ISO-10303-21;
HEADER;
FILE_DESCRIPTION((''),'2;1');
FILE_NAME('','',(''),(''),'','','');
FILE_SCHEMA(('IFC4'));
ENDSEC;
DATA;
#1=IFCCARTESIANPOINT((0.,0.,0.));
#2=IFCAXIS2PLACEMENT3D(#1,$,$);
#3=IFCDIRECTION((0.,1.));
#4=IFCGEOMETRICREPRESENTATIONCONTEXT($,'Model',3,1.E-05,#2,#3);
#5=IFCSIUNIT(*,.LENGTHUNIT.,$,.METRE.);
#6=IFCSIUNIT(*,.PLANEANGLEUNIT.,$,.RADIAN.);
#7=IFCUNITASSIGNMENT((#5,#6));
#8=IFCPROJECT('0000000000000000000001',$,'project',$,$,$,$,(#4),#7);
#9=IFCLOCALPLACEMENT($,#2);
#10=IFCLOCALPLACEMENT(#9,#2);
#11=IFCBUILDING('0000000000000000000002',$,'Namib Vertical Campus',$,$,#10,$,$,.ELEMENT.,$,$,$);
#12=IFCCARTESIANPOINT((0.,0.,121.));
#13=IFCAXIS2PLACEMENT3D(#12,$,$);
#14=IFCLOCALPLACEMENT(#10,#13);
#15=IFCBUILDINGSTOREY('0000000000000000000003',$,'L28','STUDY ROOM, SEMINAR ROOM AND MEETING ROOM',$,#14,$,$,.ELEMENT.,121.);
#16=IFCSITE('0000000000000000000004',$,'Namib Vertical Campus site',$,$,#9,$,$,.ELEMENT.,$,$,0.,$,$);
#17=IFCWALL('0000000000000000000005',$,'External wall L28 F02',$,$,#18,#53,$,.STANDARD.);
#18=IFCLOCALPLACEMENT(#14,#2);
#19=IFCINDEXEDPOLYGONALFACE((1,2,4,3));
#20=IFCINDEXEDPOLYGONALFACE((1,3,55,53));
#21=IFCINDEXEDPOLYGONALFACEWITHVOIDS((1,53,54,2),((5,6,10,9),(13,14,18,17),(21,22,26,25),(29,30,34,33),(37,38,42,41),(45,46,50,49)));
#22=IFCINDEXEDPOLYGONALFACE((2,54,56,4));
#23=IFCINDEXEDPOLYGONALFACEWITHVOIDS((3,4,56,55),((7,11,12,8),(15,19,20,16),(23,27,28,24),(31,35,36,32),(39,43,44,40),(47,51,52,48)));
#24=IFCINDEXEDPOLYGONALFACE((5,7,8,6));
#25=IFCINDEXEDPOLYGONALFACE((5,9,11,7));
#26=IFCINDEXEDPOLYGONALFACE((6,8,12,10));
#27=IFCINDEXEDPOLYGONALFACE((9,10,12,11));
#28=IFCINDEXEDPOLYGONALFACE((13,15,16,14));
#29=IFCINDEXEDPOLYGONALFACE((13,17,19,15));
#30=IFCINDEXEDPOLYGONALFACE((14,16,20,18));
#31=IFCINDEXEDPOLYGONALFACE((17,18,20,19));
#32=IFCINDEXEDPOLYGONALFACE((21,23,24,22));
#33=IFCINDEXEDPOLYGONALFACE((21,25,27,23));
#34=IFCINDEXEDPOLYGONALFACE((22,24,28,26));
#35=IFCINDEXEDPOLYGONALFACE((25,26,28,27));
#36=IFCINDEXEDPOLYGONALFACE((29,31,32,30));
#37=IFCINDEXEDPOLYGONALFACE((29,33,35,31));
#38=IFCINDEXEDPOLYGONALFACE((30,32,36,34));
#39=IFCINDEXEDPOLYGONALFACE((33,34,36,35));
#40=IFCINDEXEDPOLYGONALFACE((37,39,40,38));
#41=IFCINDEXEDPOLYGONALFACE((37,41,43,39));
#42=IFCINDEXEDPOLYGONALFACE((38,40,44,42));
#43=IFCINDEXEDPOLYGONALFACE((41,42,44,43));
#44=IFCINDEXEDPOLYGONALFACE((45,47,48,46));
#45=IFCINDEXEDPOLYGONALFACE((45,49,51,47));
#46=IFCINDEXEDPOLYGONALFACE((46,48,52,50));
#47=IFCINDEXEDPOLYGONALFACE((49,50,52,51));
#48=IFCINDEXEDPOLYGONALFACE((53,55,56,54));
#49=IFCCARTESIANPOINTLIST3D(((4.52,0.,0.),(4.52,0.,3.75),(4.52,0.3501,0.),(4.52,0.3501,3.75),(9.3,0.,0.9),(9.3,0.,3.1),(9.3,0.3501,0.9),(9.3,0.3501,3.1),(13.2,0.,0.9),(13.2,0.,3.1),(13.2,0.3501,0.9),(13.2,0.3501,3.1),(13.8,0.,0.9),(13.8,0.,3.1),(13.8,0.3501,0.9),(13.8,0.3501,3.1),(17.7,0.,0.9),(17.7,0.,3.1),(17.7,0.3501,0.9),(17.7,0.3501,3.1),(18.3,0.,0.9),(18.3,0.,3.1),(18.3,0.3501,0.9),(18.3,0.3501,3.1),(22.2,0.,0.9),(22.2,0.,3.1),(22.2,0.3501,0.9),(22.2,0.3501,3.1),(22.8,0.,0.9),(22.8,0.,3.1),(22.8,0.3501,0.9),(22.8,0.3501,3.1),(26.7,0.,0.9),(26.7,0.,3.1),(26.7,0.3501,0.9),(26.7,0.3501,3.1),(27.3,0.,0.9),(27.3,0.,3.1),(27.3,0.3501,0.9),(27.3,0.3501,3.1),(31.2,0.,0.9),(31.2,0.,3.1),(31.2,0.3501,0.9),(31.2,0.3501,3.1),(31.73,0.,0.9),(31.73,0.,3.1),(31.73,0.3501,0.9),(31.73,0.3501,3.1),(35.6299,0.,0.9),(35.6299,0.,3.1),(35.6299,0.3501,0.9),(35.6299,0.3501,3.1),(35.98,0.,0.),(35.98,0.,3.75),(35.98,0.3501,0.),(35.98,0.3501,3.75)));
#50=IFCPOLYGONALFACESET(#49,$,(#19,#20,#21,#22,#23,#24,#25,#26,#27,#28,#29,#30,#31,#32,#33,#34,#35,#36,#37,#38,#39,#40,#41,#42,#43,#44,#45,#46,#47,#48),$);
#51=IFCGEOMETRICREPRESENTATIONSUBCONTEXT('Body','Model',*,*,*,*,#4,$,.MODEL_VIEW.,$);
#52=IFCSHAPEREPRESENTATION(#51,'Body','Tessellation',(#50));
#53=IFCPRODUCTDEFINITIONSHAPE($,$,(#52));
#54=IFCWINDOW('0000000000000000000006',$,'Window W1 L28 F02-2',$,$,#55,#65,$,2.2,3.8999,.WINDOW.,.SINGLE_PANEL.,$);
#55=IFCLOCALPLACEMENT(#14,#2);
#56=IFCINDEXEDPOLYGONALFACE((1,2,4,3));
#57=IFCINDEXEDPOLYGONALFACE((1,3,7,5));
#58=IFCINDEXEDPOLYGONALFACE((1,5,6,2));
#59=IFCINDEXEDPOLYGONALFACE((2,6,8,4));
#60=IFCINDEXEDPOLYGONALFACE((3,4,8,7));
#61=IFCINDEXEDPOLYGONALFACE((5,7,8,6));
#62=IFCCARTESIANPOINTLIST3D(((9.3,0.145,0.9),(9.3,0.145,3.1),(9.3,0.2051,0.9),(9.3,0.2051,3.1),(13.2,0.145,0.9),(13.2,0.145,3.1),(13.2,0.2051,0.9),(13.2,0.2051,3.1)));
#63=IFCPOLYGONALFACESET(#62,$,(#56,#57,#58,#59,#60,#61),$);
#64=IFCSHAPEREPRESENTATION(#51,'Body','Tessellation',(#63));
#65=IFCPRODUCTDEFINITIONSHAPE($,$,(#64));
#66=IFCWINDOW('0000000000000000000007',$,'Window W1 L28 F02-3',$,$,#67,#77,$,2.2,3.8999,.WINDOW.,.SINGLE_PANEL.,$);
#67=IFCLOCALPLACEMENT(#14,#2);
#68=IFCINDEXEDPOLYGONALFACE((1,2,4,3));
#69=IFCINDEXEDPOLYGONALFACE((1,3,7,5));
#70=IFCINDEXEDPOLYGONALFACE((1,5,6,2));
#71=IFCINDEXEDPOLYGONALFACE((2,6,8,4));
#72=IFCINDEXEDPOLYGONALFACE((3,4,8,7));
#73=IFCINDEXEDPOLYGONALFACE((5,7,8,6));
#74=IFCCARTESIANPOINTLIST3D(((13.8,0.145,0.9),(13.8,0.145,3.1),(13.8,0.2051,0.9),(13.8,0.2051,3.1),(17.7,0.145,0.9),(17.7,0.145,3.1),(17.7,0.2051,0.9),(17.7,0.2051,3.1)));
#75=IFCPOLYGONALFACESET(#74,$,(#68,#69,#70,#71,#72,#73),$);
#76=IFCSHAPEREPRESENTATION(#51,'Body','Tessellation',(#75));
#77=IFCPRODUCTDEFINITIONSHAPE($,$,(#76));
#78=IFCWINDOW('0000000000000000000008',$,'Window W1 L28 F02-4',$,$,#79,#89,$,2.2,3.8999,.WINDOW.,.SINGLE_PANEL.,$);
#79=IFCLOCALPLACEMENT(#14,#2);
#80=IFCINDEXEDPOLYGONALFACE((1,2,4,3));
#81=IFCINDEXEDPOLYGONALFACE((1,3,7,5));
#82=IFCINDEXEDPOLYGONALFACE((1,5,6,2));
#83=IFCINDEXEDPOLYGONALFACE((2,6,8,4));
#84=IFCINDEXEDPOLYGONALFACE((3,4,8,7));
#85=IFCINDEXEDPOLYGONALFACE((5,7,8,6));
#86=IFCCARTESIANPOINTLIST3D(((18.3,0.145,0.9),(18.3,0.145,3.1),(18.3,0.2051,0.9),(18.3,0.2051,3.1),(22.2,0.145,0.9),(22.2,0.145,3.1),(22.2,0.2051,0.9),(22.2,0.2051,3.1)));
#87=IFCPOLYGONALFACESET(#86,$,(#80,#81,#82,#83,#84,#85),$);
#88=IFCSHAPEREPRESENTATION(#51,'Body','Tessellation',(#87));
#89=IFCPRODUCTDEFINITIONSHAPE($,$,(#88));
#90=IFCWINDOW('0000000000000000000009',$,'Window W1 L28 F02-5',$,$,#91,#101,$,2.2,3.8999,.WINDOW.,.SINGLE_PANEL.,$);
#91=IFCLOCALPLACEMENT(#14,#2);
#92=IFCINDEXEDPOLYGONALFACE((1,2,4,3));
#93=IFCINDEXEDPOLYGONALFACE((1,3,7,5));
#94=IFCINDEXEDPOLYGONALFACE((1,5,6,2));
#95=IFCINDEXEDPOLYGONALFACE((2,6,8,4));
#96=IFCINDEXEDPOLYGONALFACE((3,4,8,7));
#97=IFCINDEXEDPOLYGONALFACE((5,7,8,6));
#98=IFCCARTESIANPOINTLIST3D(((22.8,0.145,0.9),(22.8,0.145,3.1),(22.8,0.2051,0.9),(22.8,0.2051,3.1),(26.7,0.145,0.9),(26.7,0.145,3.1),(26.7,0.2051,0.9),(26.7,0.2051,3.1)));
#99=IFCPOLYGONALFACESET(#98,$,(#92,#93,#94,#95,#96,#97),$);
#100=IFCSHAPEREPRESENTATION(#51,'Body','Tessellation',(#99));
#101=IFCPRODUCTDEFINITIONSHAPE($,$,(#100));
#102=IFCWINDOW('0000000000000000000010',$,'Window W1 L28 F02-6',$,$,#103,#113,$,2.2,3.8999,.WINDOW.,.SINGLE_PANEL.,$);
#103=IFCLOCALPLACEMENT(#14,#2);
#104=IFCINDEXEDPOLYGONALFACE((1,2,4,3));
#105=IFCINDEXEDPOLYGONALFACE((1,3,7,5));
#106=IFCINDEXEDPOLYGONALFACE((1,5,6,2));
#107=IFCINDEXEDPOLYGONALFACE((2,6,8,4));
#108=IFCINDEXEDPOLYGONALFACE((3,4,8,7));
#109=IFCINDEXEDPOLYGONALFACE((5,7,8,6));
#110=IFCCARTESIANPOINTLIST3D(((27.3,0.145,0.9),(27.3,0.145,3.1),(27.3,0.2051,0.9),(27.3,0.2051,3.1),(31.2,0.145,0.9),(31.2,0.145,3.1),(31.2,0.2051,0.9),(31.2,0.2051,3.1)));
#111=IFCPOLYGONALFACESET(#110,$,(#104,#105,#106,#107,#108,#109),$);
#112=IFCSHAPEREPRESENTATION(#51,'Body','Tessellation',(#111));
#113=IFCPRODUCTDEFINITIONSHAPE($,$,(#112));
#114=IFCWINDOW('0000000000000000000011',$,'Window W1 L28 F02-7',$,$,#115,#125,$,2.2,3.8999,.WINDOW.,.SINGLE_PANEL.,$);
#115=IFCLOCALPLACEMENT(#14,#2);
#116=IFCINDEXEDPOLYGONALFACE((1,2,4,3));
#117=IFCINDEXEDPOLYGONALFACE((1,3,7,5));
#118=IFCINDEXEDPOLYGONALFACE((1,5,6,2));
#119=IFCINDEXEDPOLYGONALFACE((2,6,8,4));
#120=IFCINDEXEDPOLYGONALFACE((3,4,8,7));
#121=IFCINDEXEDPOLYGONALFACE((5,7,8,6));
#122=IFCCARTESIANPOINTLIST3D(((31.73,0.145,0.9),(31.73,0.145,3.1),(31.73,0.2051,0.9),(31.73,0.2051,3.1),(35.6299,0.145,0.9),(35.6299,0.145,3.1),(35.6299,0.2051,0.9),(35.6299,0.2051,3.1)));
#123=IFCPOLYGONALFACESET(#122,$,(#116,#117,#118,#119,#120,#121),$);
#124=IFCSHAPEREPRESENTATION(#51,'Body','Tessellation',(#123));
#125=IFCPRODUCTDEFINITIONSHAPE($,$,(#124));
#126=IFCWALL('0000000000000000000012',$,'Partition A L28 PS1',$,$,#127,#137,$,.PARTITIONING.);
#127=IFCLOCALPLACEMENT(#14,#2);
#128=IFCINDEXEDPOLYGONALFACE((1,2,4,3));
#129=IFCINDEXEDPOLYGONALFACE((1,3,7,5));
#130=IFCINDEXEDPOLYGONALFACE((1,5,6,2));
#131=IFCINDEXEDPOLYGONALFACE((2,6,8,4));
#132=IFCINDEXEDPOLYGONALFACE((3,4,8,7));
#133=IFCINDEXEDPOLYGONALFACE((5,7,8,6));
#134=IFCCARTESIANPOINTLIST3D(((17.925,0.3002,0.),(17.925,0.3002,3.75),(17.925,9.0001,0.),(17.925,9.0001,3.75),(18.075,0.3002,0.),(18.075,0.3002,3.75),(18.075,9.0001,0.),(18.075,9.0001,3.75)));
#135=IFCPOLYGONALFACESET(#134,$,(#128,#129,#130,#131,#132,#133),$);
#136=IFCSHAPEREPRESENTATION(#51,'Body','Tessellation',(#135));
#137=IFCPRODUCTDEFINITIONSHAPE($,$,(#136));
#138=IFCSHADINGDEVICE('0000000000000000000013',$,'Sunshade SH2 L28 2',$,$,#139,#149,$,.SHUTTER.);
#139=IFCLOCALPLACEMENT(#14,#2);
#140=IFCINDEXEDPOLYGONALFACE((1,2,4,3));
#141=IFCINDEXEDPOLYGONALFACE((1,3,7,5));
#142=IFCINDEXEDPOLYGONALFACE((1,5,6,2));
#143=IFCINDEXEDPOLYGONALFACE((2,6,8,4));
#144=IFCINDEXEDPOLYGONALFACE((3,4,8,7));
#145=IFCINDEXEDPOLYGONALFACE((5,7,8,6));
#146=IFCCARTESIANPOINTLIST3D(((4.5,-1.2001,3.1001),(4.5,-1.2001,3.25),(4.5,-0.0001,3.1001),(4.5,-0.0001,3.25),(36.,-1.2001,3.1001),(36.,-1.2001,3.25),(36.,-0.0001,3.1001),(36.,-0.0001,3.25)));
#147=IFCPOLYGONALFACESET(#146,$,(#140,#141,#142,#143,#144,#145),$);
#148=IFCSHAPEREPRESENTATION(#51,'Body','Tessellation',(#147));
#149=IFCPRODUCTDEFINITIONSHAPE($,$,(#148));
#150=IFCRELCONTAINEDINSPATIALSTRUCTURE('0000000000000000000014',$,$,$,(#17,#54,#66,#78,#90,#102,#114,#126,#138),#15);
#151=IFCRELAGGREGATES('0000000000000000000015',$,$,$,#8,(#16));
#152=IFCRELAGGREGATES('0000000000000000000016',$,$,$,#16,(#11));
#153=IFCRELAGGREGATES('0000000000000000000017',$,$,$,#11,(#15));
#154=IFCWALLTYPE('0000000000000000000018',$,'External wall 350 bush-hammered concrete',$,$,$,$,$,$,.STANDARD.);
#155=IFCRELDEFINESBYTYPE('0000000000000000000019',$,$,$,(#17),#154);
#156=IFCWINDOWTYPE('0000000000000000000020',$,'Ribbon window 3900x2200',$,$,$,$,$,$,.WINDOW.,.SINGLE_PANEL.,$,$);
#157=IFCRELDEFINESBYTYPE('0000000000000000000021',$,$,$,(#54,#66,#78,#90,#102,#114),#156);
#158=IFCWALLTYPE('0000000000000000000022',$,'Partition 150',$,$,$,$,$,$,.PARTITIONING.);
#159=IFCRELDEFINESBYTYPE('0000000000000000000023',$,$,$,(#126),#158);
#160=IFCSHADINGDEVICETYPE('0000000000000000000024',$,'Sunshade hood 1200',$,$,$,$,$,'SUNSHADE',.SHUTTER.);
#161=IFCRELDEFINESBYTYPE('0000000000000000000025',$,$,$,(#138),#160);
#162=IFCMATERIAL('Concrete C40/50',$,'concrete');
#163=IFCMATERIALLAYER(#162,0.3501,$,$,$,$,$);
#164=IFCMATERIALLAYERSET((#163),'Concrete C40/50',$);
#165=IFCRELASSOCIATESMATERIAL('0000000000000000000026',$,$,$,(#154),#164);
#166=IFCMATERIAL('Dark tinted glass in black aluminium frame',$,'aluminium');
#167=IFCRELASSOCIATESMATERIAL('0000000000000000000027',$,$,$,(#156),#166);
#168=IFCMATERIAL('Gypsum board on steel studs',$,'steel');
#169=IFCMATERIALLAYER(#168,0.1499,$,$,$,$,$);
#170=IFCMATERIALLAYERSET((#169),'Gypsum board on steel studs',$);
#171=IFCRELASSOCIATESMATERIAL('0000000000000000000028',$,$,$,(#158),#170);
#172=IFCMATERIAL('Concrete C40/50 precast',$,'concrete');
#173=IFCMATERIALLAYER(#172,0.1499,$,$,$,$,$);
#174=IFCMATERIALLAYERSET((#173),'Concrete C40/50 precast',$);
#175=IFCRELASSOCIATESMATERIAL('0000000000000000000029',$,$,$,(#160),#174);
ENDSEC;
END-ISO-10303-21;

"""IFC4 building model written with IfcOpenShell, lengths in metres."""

from ifc_helpers import new_model, si_unit, direction, frame, frame_2d, origin, origin_2d, place, context, subcontext, project, spatial, rectangle, extrude, material, layer, layer_set, type_object, element, fill, save


model = new_model("IFC4")

# Units and contexts
model_context = context("Model", 3, precision=1e-05, world=origin(), true_north=direction((0.0, 1.0)))
body_context = subcontext(model_context, "Body", "Model", "MODEL_VIEW")
ifc_project = project(units=[si_unit("LENGTHUNIT", "METRE"), si_unit("PLANEANGLEUNIT", "RADIAN")], contexts=[model_context])

# Site, building, storey
site_placement = place(None, origin())
site = spatial("IfcSite", under=ifc_project, at=site_placement, Name="Namib Vertical Campus site", CompositionType="ELEMENT", RefElevation=0.0)
building_placement = place(site_placement, origin())
building = spatial("IfcBuilding", under=site, at=building_placement, Name="Namib Vertical Campus", CompositionType="ELEMENT")
storey_placement = place(building_placement, frame((0.0, 0.0, 121.0)))
storey = spatial("IfcBuildingStorey", under=building, at=storey_placement, Name="L28", Description="STUDY ROOM, SEMINAR ROOM AND MEETING ROOM", CompositionType="ELEMENT", Elevation=121.0)

# Shared definitions
ifc_material_1 = material(Name="Concrete C40/50", Category="concrete")
ifc_layer_1 = layer(ifc_material_1, 0.3501)
ifc_layer_set_1 = layer_set([ifc_layer_1], Name="Concrete C40/50")
wall_type_1 = type_object("IfcWallType", Name="External wall 350 bush-hammered concrete", PredefinedType="STANDARD", material=ifc_layer_set_1)

# Wall, openings, windows
wall_1_placement = place(storey_placement, frame((4.52, 0.175, 0.0), z_axis=(0.0, 0.0, 1.0), x_axis=(1.0, 0.0, 0.0)))
wall_1 = element("IfcWall", 1, at=wall_1_placement, inside=storey, type_object=wall_type_1, Name="External wall L28 F02", PredefinedType="STANDARD", context=body_context, shape_type="SweptSolid", body=[
    extrude(rectangle(XDim=31.46, YDim=0.3501, at=frame_2d((15.73, 0.0))), origin(), (0.0, 0.0, 1.0), 3.75),
])
opening_1_placement = place(wall_1_placement, frame((4.78, 0.0, 0.8999)))
opening_1 = element("IfcOpeningElement", 2, at=opening_1_placement, cuts=wall_1, PredefinedType="OPENING", context=body_context, shape_type="SweptSolid", body=[
    extrude(rectangle(XDim=3.8999, YDim=2.2, at=frame_2d((1.95, 1.1001))), frame((0.0, 0.1851, 0.0), z_axis=(0.0, -1.0, 0.0), x_axis=(1.0, 0.0, 0.0)), (0.0, 0.0, 1.0), 0.3701),
])
opening_2_placement = place(wall_1_placement, frame((9.28, 0.0, 0.8999)))
opening_2 = element("IfcOpeningElement", 3, at=opening_2_placement, cuts=wall_1, PredefinedType="OPENING", context=body_context, shape_type="SweptSolid", body=[
    extrude(rectangle(XDim=3.8999, YDim=2.2, at=frame_2d((1.95, 1.1001))), frame((0.0, 0.1851, 0.0), z_axis=(0.0, -1.0, 0.0), x_axis=(1.0, 0.0, 0.0)), (0.0, 0.0, 1.0), 0.3701),
])
opening_3_placement = place(wall_1_placement, frame((13.78, 0.0, 0.8999)))
opening_3 = element("IfcOpeningElement", 4, at=opening_3_placement, cuts=wall_1, PredefinedType="OPENING", context=body_context, shape_type="SweptSolid", body=[
    extrude(rectangle(XDim=3.8999, YDim=2.2, at=frame_2d((1.95, 1.1001))), frame((0.0, 0.1851, 0.0), z_axis=(0.0, -1.0, 0.0), x_axis=(1.0, 0.0, 0.0)), (0.0, 0.0, 1.0), 0.3701),
])
opening_4_placement = place(wall_1_placement, frame((18.28, 0.0, 0.8999)))
opening_4 = element("IfcOpeningElement", 5, at=opening_4_placement, cuts=wall_1, PredefinedType="OPENING", context=body_context, shape_type="SweptSolid", body=[
    extrude(rectangle(XDim=3.8999, YDim=2.2, at=frame_2d((1.95, 1.1001))), frame((0.0, 0.1851, 0.0), z_axis=(0.0, -1.0, 0.0), x_axis=(1.0, 0.0, 0.0)), (0.0, 0.0, 1.0), 0.3701),
])
opening_5_placement = place(wall_1_placement, frame((22.78, 0.0, 0.8999)))
opening_5 = element("IfcOpeningElement", 6, at=opening_5_placement, cuts=wall_1, PredefinedType="OPENING", context=body_context, shape_type="SweptSolid", body=[
    extrude(rectangle(XDim=3.8999, YDim=2.2, at=frame_2d((1.95, 1.1001))), frame((0.0, 0.1851, 0.0), z_axis=(0.0, -1.0, 0.0), x_axis=(1.0, 0.0, 0.0)), (0.0, 0.0, 1.0), 0.3701),
])
opening_6_placement = place(wall_1_placement, frame((27.21, 0.0, 0.8999)))
opening_6 = element("IfcOpeningElement", 7, at=opening_6_placement, cuts=wall_1, PredefinedType="OPENING", context=body_context, shape_type="SweptSolid", body=[
    extrude(rectangle(XDim=3.8999, YDim=2.2, at=frame_2d((1.95, 1.1001))), frame((0.0, 0.1851, 0.0), z_axis=(0.0, -1.0, 0.0), x_axis=(1.0, 0.0, 0.0)), (0.0, 0.0, 1.0), 0.3701),
])
ifc_material_2 = material(Name="Dark tinted glass in black aluminium frame", Category="aluminium")
window_type = type_object("IfcWindowType", Name="Ribbon window 3900x2200", PartitioningType="SINGLE_PANEL", PredefinedType="WINDOW", material=ifc_material_2)
window_1_placement = place(opening_1_placement, origin())
window_1 = element("IfcWindow", 8, at=window_1_placement, inside=storey, type_object=window_type, Name="Window W1 L28 F02-2", OverallHeight=2.2, OverallWidth=3.8999, PartitioningType="SINGLE_PANEL", PredefinedType="WINDOW", context=body_context, shape_type="SweptSolid", body=[
    extrude(rectangle(XDim=3.8999, YDim=2.2, at=frame_2d((1.95, 1.1001))), frame((0.0, 0.03, 0.0), z_axis=(0.0, -1.0, 0.0), x_axis=(1.0, 0.0, 0.0)), (0.0, 0.0, 1.0), 0.0601),
])
fill(opening_1, window_1)
window_2_placement = place(opening_2_placement, origin())
window_2 = element("IfcWindow", 9, at=window_2_placement, inside=storey, type_object=window_type, Name="Window W1 L28 F02-3", OverallHeight=2.2, OverallWidth=3.8999, PartitioningType="SINGLE_PANEL", PredefinedType="WINDOW", context=body_context, shape_type="SweptSolid", body=[
    extrude(rectangle(XDim=3.8999, YDim=2.2, at=frame_2d((1.95, 1.1001))), frame((0.0, 0.03, 0.0), z_axis=(0.0, -1.0, 0.0), x_axis=(1.0, 0.0, 0.0)), (0.0, 0.0, 1.0), 0.0601),
])
fill(opening_2, window_2)
window_3_placement = place(opening_3_placement, origin())
window_3 = element("IfcWindow", 10, at=window_3_placement, inside=storey, type_object=window_type, Name="Window W1 L28 F02-4", OverallHeight=2.2, OverallWidth=3.8999, PartitioningType="SINGLE_PANEL", PredefinedType="WINDOW", context=body_context, shape_type="SweptSolid", body=[
    extrude(rectangle(XDim=3.8999, YDim=2.2, at=frame_2d((1.95, 1.1001))), frame((0.0, 0.03, 0.0), z_axis=(0.0, -1.0, 0.0), x_axis=(1.0, 0.0, 0.0)), (0.0, 0.0, 1.0), 0.0601),
])
fill(opening_3, window_3)
window_4_placement = place(opening_4_placement, origin())
window_4 = element("IfcWindow", 11, at=window_4_placement, inside=storey, type_object=window_type, Name="Window W1 L28 F02-5", OverallHeight=2.2, OverallWidth=3.8999, PartitioningType="SINGLE_PANEL", PredefinedType="WINDOW", context=body_context, shape_type="SweptSolid", body=[
    extrude(rectangle(XDim=3.8999, YDim=2.2, at=frame_2d((1.95, 1.1001))), frame((0.0, 0.03, 0.0), z_axis=(0.0, -1.0, 0.0), x_axis=(1.0, 0.0, 0.0)), (0.0, 0.0, 1.0), 0.0601),
])
fill(opening_4, window_4)
window_5_placement = place(opening_5_placement, origin())
window_5 = element("IfcWindow", 12, at=window_5_placement, inside=storey, type_object=window_type, Name="Window W1 L28 F02-6", OverallHeight=2.2, OverallWidth=3.8999, PartitioningType="SINGLE_PANEL", PredefinedType="WINDOW", context=body_context, shape_type="SweptSolid", body=[
    extrude(rectangle(XDim=3.8999, YDim=2.2, at=frame_2d((1.95, 1.1001))), frame((0.0, 0.03, 0.0), z_axis=(0.0, -1.0, 0.0), x_axis=(1.0, 0.0, 0.0)), (0.0, 0.0, 1.0), 0.0601),
])
fill(opening_5, window_5)
window_6_placement = place(opening_6_placement, origin())
window_6 = element("IfcWindow", 13, at=window_6_placement, inside=storey, type_object=window_type, Name="Window W1 L28 F02-7", OverallHeight=2.2, OverallWidth=3.8999, PartitioningType="SINGLE_PANEL", PredefinedType="WINDOW", context=body_context, shape_type="SweptSolid", body=[
    extrude(rectangle(XDim=3.8999, YDim=2.2, at=frame_2d((1.95, 1.1001))), frame((0.0, 0.03, 0.0), z_axis=(0.0, -1.0, 0.0), x_axis=(1.0, 0.0, 0.0)), (0.0, 0.0, 1.0), 0.0601),
])
fill(opening_6, window_6)

# Wall
ifc_material_3 = material(Name="Gypsum board on steel studs", Category="steel")
ifc_layer_2 = layer(ifc_material_3, 0.1499)
ifc_layer_set_2 = layer_set([ifc_layer_2], Name="Gypsum board on steel studs")
wall_type_2 = type_object("IfcWallType", Name="Partition 150", PredefinedType="PARTITIONING", material=ifc_layer_set_2)
wall_2_placement = place(storey_placement, frame((18.0, 0.3, 0.0), z_axis=(0.0, 0.0, 1.0), x_axis=(0.0, 1.0, 0.0)))
element("IfcWall", 14, at=wall_2_placement, inside=storey, type_object=wall_type_2, Name="Partition A L28 PS1", PredefinedType="PARTITIONING", context=body_context, shape_type="SweptSolid", body=[
    extrude(rectangle(XDim=8.7, YDim=0.1499, at=frame_2d((4.3501, 0.0))), origin(), (0.0, 0.0, 1.0), 3.75),
])

# Shading device
ifc_material_4 = material(Name="Concrete C40/50 precast", Category="concrete")
ifc_layer_3 = layer(ifc_material_4, 0.1499)
ifc_layer_set_3 = layer_set([ifc_layer_3], Name="Concrete C40/50 precast")
shading_device_type = type_object("IfcShadingDeviceType", Name="Sunshade hood 1200", ElementType="SUNSHADE", PredefinedType="SHUTTER", material=ifc_layer_set_3)
shading_device_placement = place(storey_placement, frame((20.25, -0.6001, 3.1001), z_axis=(0.0, 0.0, 1.0), x_axis=(1.0, 0.0, 0.0)))
element("IfcShadingDevice", 15, at=shading_device_placement, inside=storey, type_object=shading_device_type, Name="Sunshade SH2 L28 2", PredefinedType="SHUTTER", context=body_context, shape_type="SweptSolid", body=[
    extrude(rectangle(XDim=31.5, YDim=1.2, at=origin_2d()), origin(), (0.0, 0.0, 1.0), 0.1499),
])

save(model, "model.ifc")
